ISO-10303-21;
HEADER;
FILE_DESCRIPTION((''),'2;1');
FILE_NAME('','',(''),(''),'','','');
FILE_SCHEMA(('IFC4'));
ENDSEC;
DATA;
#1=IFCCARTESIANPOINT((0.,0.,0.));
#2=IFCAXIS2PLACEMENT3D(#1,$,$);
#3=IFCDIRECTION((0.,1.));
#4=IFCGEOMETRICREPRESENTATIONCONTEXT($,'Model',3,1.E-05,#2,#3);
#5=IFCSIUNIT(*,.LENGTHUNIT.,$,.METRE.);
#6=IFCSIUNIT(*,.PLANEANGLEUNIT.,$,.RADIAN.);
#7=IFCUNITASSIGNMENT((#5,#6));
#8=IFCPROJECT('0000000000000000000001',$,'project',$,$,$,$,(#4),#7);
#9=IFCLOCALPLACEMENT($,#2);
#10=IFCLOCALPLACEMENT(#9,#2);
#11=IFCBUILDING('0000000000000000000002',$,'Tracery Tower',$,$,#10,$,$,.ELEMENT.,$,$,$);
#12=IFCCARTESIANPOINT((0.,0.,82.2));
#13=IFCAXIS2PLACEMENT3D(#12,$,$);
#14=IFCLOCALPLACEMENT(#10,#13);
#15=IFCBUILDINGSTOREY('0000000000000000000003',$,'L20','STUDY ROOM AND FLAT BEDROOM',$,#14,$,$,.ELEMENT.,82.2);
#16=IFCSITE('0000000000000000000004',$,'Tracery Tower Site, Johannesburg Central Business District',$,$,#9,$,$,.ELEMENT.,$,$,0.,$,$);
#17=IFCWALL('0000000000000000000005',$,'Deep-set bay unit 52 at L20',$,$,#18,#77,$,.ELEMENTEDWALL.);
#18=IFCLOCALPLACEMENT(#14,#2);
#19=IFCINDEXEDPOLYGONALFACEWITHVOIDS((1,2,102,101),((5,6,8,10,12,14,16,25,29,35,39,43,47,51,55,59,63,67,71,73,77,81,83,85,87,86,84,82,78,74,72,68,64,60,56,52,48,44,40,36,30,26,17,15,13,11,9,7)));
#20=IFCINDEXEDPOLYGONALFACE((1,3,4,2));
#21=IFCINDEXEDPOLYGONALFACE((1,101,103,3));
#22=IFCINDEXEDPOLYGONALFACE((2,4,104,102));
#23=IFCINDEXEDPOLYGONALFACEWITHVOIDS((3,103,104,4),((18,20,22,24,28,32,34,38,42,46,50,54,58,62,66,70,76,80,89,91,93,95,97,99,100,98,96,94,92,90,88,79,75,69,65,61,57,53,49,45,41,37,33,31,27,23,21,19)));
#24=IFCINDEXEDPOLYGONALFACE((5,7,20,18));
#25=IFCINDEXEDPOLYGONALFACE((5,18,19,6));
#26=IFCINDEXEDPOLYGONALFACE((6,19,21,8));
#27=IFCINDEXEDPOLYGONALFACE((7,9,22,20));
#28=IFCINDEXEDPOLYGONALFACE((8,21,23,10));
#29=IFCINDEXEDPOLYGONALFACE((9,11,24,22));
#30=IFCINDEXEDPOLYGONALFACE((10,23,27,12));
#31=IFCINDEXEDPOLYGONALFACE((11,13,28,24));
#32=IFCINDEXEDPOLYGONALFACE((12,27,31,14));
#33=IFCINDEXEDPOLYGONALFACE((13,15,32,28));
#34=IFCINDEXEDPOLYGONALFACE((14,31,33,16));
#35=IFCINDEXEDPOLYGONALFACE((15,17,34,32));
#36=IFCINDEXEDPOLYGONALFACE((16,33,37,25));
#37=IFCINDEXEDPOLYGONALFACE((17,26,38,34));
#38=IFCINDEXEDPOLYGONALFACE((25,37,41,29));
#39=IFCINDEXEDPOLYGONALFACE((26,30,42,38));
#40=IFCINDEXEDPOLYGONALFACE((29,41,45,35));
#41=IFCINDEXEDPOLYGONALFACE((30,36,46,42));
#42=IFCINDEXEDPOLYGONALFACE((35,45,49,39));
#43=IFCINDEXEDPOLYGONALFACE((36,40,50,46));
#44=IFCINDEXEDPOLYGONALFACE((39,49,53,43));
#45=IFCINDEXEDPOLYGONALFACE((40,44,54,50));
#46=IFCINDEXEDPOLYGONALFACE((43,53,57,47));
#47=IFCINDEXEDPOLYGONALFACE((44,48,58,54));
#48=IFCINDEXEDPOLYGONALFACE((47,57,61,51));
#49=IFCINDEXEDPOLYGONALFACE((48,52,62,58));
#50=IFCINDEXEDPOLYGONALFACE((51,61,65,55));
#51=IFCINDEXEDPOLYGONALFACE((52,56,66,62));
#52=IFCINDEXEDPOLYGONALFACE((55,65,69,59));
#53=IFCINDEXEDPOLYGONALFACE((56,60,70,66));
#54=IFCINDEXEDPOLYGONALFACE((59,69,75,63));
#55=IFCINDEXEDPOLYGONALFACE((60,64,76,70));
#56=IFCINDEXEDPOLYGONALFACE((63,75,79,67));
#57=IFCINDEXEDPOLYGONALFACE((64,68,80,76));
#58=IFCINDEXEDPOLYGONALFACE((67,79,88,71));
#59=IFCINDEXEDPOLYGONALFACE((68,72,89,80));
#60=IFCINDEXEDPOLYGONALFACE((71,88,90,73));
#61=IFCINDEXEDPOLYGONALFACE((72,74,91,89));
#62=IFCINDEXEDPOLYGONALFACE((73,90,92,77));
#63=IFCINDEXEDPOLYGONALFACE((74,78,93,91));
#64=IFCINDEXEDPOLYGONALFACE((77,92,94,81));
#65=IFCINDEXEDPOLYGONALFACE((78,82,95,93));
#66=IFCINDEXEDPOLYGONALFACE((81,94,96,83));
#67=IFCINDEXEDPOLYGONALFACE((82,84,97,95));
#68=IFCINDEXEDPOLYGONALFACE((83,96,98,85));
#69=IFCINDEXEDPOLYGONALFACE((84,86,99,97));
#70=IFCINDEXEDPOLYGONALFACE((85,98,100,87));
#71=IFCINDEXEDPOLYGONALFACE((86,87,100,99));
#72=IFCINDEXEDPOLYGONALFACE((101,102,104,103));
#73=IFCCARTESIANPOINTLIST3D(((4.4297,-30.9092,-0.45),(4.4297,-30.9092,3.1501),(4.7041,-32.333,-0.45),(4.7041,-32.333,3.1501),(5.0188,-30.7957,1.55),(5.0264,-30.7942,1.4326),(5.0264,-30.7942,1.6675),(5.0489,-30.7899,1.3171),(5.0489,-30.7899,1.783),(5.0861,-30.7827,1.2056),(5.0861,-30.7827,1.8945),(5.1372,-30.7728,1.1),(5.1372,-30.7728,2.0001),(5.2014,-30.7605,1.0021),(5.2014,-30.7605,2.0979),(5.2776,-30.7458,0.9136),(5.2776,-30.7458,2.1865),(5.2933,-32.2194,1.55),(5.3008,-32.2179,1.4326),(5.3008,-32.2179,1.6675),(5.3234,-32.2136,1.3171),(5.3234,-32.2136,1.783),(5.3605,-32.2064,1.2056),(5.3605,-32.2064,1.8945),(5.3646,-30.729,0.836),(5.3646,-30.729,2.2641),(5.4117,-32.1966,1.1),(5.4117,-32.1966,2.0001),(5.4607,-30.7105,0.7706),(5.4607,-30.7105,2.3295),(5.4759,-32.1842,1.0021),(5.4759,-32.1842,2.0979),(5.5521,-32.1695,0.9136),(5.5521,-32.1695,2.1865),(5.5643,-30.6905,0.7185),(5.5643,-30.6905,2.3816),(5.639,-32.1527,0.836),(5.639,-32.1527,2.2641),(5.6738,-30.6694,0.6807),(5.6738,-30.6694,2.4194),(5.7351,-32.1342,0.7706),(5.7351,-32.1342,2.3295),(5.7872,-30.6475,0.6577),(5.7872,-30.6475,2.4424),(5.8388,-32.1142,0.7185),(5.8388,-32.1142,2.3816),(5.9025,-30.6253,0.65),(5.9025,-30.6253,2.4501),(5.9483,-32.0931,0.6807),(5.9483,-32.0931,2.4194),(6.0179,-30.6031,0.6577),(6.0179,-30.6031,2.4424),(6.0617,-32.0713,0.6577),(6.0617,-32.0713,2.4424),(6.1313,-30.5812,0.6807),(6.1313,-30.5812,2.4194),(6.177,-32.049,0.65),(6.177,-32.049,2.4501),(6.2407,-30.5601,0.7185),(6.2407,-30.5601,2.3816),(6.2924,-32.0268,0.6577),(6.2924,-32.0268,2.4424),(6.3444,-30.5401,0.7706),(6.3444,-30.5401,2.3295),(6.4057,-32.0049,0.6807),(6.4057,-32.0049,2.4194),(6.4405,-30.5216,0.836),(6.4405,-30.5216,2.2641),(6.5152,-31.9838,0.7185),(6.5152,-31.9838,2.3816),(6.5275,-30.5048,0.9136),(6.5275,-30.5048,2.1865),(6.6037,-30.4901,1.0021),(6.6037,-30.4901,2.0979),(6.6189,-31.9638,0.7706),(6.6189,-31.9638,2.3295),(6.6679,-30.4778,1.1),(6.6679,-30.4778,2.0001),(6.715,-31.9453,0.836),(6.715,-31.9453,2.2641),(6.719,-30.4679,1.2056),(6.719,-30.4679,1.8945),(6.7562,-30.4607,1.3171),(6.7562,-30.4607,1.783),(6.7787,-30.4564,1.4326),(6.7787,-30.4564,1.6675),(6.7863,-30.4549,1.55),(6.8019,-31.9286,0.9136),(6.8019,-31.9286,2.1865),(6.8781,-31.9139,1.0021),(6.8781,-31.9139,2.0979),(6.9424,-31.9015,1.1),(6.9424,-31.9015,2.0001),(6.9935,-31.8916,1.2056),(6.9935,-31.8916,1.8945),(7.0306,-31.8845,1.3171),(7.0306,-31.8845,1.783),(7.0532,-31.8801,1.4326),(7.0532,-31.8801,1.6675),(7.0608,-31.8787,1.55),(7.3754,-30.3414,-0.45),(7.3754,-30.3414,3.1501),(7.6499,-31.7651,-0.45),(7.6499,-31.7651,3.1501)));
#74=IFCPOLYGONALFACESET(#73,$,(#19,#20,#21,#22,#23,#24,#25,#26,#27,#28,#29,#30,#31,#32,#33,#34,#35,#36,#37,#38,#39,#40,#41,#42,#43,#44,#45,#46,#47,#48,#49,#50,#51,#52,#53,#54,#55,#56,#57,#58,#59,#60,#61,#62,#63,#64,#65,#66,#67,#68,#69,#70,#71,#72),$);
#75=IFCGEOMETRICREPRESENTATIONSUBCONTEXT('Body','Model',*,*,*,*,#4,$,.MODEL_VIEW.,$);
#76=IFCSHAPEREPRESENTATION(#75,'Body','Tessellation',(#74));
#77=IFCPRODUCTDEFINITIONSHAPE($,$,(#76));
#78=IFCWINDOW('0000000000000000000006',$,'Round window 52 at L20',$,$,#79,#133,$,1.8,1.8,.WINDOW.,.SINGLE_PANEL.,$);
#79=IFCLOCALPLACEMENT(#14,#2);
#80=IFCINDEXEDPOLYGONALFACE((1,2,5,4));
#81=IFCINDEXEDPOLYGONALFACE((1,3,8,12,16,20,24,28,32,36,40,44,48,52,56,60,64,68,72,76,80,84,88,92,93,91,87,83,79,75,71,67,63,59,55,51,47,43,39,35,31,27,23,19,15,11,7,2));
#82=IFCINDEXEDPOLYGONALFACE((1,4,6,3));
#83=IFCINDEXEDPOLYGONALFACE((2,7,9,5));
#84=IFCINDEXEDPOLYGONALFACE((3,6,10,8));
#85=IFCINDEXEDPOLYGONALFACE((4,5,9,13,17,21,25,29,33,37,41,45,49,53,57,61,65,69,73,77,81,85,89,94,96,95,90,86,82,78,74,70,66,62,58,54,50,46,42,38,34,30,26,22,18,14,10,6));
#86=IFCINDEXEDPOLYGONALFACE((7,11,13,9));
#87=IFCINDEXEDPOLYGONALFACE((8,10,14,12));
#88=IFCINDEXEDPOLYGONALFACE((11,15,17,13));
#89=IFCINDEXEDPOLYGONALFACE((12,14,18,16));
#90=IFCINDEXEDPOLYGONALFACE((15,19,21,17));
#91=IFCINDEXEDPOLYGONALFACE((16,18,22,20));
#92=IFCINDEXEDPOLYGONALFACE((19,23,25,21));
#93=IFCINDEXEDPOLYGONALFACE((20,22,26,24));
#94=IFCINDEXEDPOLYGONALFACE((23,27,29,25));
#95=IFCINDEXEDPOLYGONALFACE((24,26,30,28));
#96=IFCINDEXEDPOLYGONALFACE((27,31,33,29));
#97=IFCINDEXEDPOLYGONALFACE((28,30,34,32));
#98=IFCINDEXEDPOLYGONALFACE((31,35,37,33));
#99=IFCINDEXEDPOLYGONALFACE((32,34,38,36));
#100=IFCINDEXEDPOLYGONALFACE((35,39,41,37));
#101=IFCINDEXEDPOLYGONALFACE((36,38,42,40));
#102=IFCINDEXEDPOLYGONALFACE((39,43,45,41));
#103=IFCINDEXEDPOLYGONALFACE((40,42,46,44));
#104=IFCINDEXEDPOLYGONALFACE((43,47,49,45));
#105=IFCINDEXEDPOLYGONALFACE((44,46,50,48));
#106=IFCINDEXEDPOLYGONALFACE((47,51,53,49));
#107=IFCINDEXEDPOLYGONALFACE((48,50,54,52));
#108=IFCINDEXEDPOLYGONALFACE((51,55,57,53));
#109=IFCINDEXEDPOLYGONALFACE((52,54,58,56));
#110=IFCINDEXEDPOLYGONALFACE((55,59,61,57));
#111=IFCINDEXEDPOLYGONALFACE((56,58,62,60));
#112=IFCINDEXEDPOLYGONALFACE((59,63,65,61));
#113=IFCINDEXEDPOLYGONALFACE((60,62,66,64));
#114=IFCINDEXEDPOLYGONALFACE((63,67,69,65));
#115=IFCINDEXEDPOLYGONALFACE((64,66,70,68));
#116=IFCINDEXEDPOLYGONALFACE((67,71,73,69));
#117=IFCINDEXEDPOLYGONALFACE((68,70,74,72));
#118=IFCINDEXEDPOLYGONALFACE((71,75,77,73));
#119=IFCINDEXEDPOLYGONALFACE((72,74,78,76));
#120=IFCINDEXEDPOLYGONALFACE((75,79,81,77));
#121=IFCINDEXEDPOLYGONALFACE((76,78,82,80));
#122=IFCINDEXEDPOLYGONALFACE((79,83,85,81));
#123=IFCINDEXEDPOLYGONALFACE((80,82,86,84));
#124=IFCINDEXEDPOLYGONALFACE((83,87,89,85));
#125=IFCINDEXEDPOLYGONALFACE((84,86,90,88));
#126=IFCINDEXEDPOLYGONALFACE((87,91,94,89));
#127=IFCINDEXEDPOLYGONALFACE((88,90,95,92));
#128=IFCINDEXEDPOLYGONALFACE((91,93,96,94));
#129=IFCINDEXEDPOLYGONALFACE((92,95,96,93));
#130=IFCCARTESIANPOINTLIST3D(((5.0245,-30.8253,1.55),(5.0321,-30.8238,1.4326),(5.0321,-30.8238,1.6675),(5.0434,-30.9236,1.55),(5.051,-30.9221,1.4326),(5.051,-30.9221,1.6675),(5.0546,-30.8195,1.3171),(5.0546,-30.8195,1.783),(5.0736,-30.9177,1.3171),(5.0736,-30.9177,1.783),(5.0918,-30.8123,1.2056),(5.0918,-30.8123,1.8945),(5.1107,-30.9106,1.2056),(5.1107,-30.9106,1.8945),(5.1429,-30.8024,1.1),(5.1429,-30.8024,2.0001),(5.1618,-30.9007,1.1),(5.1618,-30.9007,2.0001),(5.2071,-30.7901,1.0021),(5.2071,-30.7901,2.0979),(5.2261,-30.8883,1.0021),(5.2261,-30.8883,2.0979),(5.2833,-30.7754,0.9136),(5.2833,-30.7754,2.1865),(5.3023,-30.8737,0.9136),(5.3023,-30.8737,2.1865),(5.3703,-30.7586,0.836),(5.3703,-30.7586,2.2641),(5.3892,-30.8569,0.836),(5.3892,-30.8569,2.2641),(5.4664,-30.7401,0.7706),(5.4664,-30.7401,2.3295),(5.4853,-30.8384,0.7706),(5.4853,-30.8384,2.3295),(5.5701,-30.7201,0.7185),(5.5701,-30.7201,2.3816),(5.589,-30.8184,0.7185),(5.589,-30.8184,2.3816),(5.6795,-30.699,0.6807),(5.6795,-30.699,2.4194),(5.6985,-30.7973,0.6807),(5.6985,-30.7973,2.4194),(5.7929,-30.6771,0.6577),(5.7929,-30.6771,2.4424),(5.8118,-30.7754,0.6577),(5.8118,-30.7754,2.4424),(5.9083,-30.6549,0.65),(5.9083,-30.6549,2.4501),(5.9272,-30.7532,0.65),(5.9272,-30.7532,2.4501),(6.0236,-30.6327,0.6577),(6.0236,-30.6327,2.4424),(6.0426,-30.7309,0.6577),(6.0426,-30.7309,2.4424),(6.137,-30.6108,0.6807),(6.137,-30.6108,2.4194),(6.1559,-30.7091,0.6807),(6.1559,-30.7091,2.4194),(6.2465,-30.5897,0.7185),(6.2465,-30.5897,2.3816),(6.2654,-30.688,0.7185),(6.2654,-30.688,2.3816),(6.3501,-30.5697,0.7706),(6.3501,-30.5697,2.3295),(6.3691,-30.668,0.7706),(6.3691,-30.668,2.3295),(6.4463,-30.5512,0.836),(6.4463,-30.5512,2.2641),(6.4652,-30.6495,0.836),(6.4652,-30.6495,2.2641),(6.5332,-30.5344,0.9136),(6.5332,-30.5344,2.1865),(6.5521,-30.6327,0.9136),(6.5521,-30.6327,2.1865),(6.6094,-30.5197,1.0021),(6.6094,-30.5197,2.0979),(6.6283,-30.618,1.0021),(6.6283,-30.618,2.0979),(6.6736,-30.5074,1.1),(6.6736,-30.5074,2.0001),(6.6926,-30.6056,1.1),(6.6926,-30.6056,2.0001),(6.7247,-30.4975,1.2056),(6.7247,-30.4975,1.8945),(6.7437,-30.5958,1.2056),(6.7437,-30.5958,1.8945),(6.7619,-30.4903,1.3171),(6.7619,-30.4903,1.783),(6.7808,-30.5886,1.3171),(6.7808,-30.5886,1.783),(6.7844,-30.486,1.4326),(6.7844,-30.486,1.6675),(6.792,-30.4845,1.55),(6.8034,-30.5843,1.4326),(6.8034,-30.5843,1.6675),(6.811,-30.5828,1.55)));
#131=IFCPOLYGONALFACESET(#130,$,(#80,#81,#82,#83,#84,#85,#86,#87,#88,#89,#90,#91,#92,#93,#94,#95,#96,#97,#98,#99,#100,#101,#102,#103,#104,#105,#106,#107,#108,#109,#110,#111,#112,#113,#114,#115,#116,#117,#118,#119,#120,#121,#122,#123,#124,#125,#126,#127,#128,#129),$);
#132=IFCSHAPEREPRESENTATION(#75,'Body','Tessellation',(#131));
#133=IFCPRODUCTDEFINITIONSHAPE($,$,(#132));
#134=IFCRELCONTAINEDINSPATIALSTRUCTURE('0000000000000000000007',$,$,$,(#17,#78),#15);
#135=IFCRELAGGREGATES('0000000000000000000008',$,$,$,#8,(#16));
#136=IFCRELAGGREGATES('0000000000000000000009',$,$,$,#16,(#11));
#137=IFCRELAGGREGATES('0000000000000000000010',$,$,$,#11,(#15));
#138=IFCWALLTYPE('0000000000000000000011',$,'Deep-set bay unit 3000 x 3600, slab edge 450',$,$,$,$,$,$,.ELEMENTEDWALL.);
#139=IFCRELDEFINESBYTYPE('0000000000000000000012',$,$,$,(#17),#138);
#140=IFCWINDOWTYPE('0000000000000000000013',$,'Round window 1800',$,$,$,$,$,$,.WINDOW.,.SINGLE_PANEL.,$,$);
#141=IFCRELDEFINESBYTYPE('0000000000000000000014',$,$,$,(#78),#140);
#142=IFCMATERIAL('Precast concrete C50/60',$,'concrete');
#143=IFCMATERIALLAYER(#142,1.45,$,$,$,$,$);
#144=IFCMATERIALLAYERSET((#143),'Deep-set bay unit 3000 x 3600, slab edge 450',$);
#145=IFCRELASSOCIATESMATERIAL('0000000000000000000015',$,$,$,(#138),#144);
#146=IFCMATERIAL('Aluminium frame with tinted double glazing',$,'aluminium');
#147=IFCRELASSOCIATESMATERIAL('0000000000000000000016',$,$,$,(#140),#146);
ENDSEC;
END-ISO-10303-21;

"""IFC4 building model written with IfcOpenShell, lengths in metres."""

from ifc_helpers import new_model, si_unit, direction, frame, frame_2d, origin, origin_2d, place, context, subcontext, project, spatial, rectangle, circle, extrude, material, layer, layer_set, type_object, element, fill, save


model = new_model("IFC4")

# Units and contexts
model_context = context("Model", 3, precision=1e-05, world=origin(), true_north=direction((0.0, 1.0)))
body_context = subcontext(model_context, "Body", "Model", "MODEL_VIEW")
ifc_project = project(units=[si_unit("LENGTHUNIT", "METRE"), si_unit("PLANEANGLEUNIT", "RADIAN")], contexts=[model_context])

# Site, building, storey
site_placement = place(None, origin())
site = spatial("IfcSite", under=ifc_project, at=site_placement, Name="Tracery Tower Site, Johannesburg Central Business District", CompositionType="ELEMENT", RefElevation=0.0)
building_placement = place(site_placement, origin())
building = spatial("IfcBuilding", under=site, at=building_placement, Name="Tracery Tower", CompositionType="ELEMENT")
storey_placement = place(building_placement, frame((0.0, 0.0, 82.2)))
storey = spatial("IfcBuildingStorey", under=building, at=storey_placement, Name="L20", Description="STUDY ROOM AND FLAT BEDROOM", CompositionType="ELEMENT", Elevation=82.2)

# Wall, opening, window
ifc_material_1 = material(Name="Precast concrete C50/60", Category="concrete")
ifc_layer_1 = layer(ifc_material_1, 1.45)
ifc_layer_set_1 = layer_set([ifc_layer_1], Name="Deep-set bay unit 3000 x 3600, slab edge 450")
wall_type_1 = type_object("IfcWallType", Name="Deep-set bay unit 3000 x 3600, slab edge 450", PredefinedType="ELEMENTEDWALL", material=ifc_layer_set_1)
wall_1_placement = place(storey_placement, frame((4.5669, -31.6211, -0.45), z_axis=(0.0, 0.0, 1.0), x_axis=(0.981922, 0.189288, 0.0)))
wall_1 = element("IfcWall", 1, at=wall_1_placement, inside=storey, type_object=wall_type_1, Name="Deep-set bay unit 52 at L20", PredefinedType="ELEMENTEDWALL", context=body_context, shape_type="SweptSolid", body=[
    extrude(rectangle(XDim=3.0, YDim=1.45, at=frame_2d((1.5, 0.0))), origin(), (0.0, 0.0, 1.0), 3.6001),
])
opening_1_placement = place(wall_1_placement, frame((1.5, 0.0, 2.0)))
opening_1 = element("IfcOpeningElement", 2, at=opening_1_placement, cuts=wall_1, PredefinedType="OPENING", context=body_context, shape_type="SweptSolid", body=[
    extrude(circle(Radius=0.9, at=origin_2d()), frame((0.0, 0.7349, 0.0), z_axis=(0.0, -1.0, 0.0), x_axis=(1.0, 0.0, 0.0)), (0.0, 0.0, 1.0), 1.47),
])
ifc_material_2 = material(Name="Aluminium frame with tinted double glazing", Category="aluminium")
window_type = type_object("IfcWindowType", Name="Round window 1800", PartitioningType="SINGLE_PANEL", PredefinedType="WINDOW", material=ifc_material_2)
window_1_placement = place(opening_1_placement, origin())
window_1 = element("IfcWindow", 3, at=window_1_placement, inside=storey, type_object=window_type, Name="Round window 52 at L20", OverallHeight=1.8, OverallWidth=1.8, PartitioningType="SINGLE_PANEL", PredefinedType="WINDOW", context=body_context, shape_type="SweptSolid", body=[
    extrude(circle(Radius=0.9, at=origin_2d()), frame((0.0, 0.6948, 0.0), z_axis=(0.0, -1.0, 0.0), x_axis=(1.0, 0.0, 0.0)), (0.0, 0.0, 1.0), 0.1001),
])
fill(opening_1, window_1)

save(model, "model.ifc")
